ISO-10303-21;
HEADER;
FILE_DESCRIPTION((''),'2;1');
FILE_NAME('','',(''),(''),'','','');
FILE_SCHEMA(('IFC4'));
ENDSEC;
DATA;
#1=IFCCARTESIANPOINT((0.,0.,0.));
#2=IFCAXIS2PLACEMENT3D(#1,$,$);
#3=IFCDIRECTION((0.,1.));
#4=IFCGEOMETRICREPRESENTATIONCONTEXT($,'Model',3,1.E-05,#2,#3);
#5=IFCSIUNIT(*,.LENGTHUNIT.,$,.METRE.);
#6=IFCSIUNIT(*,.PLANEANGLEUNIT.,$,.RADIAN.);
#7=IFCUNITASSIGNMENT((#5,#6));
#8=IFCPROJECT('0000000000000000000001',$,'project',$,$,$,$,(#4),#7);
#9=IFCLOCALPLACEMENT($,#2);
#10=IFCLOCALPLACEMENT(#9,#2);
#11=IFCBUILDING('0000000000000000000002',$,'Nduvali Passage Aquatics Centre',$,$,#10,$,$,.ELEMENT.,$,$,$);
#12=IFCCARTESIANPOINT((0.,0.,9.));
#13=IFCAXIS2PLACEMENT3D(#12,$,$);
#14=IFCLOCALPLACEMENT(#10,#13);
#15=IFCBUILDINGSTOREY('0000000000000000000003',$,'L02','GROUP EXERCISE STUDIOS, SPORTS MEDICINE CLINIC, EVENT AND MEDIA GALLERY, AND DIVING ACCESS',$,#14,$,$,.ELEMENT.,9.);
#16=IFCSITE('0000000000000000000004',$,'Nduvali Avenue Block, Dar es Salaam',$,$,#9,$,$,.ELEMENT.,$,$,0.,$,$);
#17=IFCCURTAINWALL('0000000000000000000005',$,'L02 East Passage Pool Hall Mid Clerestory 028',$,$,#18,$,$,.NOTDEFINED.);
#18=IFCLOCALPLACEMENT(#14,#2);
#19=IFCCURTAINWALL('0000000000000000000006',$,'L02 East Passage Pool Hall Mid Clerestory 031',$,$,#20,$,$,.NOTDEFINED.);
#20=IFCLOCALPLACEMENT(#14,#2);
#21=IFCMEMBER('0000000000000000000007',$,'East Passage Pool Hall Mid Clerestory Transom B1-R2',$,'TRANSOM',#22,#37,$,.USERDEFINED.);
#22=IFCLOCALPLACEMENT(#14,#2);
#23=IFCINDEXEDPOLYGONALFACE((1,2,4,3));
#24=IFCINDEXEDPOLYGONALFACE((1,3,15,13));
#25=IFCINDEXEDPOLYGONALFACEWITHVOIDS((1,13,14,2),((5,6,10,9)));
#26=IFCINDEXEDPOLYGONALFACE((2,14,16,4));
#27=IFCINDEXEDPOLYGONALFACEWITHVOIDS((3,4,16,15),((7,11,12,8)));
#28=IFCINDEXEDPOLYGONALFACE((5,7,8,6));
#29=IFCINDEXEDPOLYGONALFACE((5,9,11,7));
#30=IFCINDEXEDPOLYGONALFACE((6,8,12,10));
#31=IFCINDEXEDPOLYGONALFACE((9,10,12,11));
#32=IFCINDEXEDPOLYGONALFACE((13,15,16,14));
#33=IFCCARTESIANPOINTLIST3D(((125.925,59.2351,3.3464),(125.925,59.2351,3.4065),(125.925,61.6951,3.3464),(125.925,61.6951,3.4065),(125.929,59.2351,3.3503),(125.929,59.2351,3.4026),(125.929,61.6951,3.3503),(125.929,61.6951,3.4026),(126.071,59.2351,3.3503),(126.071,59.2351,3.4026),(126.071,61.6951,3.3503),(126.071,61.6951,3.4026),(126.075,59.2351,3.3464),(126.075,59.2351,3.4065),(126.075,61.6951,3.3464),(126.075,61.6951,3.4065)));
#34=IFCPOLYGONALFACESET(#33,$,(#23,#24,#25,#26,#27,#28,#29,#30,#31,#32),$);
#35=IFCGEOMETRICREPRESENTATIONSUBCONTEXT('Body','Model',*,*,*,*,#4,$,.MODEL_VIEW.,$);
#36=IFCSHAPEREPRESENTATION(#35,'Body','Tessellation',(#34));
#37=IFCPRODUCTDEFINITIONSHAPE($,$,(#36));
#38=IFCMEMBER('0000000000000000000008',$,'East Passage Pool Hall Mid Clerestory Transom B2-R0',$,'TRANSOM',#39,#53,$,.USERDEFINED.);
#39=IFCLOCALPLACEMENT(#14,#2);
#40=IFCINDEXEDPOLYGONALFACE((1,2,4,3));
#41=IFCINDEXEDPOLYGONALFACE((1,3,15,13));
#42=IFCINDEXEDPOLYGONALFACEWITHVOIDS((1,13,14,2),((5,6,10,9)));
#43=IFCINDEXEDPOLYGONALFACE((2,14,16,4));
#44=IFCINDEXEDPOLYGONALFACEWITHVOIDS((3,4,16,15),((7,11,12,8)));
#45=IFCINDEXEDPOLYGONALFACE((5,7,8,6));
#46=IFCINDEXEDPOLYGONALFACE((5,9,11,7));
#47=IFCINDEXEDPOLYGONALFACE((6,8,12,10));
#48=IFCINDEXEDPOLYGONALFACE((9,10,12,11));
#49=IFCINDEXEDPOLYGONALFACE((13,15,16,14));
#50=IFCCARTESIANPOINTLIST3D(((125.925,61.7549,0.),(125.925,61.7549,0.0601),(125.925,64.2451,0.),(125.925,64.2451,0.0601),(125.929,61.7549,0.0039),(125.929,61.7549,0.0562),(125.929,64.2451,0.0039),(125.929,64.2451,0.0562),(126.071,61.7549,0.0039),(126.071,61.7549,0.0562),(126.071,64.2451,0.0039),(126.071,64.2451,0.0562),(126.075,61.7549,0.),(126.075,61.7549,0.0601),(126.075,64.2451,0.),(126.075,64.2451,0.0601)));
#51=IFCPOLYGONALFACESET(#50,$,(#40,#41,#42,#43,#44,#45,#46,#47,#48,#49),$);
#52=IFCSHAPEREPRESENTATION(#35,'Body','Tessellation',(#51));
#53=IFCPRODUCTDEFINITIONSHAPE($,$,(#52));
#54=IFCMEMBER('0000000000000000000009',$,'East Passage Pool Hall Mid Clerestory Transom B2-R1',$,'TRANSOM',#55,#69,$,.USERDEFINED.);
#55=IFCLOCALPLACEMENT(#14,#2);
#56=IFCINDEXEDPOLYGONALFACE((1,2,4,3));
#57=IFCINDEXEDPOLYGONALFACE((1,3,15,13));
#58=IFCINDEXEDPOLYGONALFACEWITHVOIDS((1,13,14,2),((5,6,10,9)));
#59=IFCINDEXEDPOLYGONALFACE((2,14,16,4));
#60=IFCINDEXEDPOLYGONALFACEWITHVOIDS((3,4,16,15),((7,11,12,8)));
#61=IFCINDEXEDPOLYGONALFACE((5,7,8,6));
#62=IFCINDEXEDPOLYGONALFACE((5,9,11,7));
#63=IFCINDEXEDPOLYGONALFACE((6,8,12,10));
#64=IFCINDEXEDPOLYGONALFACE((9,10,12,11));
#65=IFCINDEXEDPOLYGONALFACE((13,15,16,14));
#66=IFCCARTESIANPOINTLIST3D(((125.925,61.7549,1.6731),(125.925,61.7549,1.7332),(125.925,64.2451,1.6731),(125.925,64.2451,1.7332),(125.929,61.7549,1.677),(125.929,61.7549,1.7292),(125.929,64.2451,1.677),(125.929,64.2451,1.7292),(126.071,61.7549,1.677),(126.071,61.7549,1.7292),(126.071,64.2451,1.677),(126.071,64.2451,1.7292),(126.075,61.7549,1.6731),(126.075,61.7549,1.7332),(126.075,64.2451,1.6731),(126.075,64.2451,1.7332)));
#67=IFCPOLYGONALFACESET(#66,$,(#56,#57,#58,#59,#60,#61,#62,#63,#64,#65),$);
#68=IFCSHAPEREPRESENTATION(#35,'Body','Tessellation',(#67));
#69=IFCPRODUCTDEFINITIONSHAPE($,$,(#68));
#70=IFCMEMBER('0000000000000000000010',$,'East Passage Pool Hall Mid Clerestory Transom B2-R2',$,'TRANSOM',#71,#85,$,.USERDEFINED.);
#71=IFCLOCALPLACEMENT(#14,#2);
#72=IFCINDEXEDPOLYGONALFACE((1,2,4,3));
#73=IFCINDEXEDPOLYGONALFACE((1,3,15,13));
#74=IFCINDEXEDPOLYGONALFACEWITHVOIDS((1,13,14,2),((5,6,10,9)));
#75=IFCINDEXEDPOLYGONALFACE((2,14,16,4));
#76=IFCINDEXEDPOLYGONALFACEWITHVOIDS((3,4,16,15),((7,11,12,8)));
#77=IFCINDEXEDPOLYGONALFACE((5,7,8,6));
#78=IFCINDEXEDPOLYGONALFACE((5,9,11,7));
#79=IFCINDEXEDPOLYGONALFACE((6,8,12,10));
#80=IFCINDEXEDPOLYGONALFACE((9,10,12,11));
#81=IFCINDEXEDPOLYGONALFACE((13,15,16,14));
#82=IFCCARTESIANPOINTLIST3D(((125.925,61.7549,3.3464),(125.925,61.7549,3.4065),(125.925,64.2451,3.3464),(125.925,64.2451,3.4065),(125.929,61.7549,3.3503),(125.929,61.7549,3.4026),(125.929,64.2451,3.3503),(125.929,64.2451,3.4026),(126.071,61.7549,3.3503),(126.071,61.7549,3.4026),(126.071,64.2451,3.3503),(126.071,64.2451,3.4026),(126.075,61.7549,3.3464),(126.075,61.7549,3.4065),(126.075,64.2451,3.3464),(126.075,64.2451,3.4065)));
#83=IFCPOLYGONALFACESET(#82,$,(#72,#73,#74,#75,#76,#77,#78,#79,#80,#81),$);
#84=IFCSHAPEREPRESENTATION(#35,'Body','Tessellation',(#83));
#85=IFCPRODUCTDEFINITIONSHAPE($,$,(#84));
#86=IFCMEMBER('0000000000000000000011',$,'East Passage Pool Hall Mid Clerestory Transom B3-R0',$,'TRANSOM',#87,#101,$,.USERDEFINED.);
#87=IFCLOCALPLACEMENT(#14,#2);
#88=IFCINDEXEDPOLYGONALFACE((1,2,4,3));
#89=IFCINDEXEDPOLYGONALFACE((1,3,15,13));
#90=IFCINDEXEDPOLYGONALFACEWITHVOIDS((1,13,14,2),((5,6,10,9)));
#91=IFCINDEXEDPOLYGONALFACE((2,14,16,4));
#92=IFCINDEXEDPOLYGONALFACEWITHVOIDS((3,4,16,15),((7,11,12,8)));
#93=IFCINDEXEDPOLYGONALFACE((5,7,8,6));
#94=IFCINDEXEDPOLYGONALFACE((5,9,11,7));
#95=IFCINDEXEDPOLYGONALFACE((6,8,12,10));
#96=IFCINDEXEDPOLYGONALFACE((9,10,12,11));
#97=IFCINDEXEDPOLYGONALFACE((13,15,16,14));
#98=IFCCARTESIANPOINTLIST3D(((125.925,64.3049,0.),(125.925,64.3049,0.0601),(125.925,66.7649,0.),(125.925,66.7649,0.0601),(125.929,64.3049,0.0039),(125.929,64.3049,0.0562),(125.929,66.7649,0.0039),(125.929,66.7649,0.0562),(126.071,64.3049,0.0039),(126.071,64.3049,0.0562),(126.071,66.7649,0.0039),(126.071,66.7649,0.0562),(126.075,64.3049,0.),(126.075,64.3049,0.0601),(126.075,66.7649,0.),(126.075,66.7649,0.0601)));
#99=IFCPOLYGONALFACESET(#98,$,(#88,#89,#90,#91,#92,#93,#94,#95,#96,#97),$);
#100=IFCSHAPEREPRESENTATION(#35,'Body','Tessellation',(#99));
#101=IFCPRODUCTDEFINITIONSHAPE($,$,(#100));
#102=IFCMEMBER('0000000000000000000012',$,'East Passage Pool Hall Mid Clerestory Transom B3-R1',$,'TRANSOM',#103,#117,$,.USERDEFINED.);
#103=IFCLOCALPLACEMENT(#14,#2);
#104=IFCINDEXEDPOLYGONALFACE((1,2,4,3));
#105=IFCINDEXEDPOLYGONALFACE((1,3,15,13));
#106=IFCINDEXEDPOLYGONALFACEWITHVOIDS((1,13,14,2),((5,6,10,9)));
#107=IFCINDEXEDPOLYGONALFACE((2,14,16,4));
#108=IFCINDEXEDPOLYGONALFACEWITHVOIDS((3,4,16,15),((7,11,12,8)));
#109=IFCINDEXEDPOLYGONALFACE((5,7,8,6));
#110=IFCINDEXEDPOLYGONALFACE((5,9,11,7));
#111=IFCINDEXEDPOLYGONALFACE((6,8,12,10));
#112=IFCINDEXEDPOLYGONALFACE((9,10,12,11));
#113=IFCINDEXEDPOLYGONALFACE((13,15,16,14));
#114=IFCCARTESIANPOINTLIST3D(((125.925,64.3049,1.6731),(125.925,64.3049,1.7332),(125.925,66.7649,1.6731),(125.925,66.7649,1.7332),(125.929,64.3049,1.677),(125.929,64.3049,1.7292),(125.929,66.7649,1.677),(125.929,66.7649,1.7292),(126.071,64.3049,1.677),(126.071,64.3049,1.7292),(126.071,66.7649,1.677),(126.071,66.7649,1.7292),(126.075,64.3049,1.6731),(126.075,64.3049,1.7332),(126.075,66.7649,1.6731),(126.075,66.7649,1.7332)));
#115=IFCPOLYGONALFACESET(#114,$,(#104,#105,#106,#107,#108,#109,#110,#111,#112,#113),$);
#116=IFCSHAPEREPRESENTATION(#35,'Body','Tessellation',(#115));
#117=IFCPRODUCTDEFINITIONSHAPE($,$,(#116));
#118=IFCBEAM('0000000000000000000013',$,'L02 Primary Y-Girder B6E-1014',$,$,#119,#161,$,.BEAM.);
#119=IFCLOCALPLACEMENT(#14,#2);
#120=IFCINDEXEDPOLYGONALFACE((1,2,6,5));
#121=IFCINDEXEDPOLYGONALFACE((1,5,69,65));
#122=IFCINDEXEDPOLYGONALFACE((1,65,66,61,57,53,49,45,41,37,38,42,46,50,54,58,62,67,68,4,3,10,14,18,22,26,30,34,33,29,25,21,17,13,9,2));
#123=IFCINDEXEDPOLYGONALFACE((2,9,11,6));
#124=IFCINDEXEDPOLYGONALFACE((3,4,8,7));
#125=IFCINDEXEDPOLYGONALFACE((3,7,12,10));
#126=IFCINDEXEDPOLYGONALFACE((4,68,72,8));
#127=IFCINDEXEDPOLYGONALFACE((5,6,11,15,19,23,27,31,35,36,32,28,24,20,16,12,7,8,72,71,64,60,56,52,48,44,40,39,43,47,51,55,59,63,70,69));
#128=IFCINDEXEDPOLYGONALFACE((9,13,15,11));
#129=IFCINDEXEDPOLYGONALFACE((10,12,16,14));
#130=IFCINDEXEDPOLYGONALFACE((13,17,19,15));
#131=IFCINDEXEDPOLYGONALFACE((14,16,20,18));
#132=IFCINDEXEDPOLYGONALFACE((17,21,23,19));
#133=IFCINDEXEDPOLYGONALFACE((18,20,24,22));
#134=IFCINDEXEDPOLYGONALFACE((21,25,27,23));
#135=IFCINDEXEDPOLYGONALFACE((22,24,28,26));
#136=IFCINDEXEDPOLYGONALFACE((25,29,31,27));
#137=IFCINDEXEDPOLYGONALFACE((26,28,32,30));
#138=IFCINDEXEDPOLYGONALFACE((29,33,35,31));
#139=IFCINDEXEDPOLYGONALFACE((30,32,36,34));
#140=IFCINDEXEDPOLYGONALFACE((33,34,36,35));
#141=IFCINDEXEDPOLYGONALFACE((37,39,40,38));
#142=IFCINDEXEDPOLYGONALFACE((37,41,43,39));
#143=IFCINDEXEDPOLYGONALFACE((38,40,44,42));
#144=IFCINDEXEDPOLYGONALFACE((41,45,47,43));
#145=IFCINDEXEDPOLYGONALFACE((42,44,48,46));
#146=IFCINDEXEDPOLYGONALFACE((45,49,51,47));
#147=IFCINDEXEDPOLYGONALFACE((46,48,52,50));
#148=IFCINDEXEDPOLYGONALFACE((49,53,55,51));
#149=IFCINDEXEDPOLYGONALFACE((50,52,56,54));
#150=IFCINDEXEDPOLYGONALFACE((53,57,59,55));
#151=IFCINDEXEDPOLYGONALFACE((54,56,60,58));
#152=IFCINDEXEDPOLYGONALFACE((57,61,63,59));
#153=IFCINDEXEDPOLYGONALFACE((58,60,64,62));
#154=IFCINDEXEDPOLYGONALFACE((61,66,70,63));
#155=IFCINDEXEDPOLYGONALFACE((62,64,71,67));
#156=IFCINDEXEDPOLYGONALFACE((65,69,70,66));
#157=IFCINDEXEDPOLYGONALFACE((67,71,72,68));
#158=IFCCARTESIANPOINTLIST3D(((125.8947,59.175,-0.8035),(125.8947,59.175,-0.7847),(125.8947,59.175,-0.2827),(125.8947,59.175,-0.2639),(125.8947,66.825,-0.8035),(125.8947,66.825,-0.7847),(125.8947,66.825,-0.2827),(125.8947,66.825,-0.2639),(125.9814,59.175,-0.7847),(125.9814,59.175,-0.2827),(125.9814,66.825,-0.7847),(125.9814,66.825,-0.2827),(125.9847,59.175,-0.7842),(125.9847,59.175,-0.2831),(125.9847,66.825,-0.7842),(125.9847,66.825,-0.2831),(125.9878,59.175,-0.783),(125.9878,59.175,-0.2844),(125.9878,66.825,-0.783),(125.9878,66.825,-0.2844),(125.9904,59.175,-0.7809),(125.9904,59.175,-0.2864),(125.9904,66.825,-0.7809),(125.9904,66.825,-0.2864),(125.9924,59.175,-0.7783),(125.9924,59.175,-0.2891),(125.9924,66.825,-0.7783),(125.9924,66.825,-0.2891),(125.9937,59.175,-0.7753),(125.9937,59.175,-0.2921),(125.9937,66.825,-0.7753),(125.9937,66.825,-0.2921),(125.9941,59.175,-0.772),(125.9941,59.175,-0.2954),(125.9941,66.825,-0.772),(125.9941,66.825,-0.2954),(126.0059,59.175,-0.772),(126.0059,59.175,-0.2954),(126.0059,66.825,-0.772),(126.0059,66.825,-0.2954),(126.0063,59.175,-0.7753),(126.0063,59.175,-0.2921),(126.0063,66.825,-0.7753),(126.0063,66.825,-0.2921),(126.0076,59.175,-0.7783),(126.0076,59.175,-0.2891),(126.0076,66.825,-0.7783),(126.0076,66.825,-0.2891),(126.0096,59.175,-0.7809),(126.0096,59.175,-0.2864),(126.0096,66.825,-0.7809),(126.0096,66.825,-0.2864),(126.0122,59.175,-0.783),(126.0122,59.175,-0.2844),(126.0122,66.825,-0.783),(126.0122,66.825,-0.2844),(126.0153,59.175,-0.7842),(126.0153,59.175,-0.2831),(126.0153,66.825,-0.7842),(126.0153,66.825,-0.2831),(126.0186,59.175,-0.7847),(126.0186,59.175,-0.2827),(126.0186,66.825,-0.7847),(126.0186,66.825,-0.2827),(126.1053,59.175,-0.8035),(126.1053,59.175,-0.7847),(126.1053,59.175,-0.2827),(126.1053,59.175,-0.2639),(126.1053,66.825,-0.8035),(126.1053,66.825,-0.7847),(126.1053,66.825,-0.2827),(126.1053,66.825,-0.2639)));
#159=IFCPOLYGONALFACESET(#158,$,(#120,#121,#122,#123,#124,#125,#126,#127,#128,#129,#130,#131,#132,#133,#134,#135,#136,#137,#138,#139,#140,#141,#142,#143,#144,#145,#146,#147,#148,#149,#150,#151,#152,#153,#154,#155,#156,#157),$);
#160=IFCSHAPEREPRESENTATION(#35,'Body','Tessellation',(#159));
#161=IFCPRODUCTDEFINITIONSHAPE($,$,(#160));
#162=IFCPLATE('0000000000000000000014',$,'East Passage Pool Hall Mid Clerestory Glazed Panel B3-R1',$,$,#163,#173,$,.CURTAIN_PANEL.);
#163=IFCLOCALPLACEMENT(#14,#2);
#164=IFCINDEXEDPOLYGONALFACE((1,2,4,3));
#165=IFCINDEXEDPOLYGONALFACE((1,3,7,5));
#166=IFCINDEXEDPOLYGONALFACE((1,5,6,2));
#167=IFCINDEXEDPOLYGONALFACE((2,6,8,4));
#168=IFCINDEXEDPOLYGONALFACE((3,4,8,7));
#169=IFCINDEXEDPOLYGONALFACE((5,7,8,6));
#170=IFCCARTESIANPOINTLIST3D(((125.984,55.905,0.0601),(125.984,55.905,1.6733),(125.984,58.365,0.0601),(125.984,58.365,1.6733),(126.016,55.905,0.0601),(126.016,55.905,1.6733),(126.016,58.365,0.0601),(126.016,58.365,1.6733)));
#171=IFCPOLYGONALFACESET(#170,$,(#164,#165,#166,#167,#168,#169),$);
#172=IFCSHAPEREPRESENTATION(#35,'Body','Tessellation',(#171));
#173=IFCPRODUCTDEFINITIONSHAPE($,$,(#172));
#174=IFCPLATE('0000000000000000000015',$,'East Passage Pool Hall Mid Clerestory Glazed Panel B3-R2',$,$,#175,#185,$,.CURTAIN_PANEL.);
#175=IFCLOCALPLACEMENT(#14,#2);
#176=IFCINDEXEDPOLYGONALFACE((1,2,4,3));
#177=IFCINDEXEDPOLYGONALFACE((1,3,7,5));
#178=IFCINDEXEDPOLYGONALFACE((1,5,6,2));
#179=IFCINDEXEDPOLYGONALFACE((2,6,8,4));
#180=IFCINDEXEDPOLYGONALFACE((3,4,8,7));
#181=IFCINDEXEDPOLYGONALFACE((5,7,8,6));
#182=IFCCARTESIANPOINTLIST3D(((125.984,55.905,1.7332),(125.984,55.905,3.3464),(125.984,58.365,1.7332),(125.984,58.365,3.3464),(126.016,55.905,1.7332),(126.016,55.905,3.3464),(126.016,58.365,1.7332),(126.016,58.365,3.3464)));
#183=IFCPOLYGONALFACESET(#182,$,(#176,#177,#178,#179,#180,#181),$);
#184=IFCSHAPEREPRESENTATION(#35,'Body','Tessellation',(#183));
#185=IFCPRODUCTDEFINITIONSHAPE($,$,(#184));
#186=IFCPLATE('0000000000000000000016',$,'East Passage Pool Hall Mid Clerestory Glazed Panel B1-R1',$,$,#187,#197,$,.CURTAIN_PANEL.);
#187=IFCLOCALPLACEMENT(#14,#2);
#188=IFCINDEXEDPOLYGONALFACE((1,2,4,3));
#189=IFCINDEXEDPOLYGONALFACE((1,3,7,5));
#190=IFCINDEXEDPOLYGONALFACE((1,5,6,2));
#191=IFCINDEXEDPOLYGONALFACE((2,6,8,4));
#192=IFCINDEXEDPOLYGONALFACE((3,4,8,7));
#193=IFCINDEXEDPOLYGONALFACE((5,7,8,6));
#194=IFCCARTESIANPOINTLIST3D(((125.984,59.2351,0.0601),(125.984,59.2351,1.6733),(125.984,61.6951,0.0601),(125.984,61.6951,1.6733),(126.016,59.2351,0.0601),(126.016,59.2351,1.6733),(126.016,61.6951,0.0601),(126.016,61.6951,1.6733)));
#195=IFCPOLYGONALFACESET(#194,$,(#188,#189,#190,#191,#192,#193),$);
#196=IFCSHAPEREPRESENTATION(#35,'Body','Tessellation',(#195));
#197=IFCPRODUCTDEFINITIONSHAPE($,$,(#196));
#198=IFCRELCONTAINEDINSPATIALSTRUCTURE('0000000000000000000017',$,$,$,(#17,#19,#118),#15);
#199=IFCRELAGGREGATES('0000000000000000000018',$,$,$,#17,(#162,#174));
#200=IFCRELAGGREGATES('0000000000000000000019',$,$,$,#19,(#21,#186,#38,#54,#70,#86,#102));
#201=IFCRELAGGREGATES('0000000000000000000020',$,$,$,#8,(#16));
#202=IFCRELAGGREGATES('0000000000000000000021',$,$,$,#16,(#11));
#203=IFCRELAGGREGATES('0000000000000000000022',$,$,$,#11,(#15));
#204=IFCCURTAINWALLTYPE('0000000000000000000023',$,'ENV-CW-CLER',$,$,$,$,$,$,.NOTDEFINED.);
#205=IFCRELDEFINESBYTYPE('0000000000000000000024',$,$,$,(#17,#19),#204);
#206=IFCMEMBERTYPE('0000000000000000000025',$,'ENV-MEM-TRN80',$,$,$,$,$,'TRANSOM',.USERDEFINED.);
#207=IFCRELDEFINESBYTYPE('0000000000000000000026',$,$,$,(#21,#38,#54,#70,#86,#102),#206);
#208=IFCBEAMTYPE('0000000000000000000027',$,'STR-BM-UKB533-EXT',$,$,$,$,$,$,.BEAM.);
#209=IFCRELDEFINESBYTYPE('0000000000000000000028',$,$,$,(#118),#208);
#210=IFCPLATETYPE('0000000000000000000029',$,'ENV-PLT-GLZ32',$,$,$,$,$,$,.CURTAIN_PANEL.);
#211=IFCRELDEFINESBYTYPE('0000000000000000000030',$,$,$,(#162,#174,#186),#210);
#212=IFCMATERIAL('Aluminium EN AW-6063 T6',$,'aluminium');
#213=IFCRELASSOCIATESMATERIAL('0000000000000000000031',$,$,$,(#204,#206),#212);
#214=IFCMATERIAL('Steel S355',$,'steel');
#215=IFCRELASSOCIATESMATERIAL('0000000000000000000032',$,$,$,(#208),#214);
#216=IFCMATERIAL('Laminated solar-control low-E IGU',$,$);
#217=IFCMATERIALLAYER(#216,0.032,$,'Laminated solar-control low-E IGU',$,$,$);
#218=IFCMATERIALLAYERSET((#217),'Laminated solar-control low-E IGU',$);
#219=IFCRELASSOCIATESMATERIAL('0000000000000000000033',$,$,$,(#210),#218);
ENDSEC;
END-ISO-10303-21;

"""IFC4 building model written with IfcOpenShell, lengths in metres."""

from ifc_helpers import new_model, si_unit, direction, frame, origin, origin_2d, place, context, subcontext, project, spatial, rectangle, hollow_rectangle, i_section, extrude, material, layer, layer_set, material_profile, profile_set, type_object, element, aggregate, save


model = new_model("IFC4")

# Units and contexts
model_context = context("Model", 3, precision=1e-05, world=origin(), true_north=direction((0.0, 1.0)))
body_context = subcontext(model_context, "Body", "Model", "MODEL_VIEW")
ifc_project = project(units=[si_unit("LENGTHUNIT", "METRE"), si_unit("PLANEANGLEUNIT", "RADIAN")], contexts=[model_context])

# Site, building, storey
site_placement = place(None, origin())
site = spatial("IfcSite", under=ifc_project, at=site_placement, Name="Nduvali Avenue Block, Dar es Salaam", CompositionType="ELEMENT", RefElevation=0.0)
building_placement = place(site_placement, origin())
building = spatial("IfcBuilding", under=site, at=building_placement, Name="Nduvali Passage Aquatics Centre", CompositionType="ELEMENT")
storey_placement = place(building_placement, frame((0.0, 0.0, 9.0)))
storey = spatial("IfcBuildingStorey", under=building, at=storey_placement, Name="L02", Description="GROUP EXERCISE STUDIOS, SPORTS MEDICINE CLINIC, EVENT AND MEDIA GALLERY, AND DIVING ACCESS", CompositionType="ELEMENT", Elevation=9.0)

# Curtain walls
ifc_material_1 = material(Name="Aluminium EN AW-6063 T6", Category="aluminium")
curtain_wall_type = type_object("IfcCurtainWallType", Name="ENV-CW-CLER", PredefinedType="NOTDEFINED", material=ifc_material_1)
curtain_wall_1_placement = place(storey_placement, origin())
curtain_wall_1 = element("IfcCurtainWall", 1, at=curtain_wall_1_placement, inside=storey, type_object=curtain_wall_type, Name="L02 East Passage Pool Hall Mid Clerestory 028", PredefinedType="NOTDEFINED")
curtain_wall_2_placement = place(storey_placement, origin())
curtain_wall_2 = element("IfcCurtainWall", 2, at=curtain_wall_2_placement, inside=storey, type_object=curtain_wall_type, Name="L02 East Passage Pool Hall Mid Clerestory 031", PredefinedType="NOTDEFINED")

# Members
ifc_material_profile_1 = material_profile(ifc_material_1, hollow_rectangle(XDim=0.1499, YDim=0.0601, WallThickness=0.0039, at=origin_2d()), Name="ALU TRANSOM 150x60x4")
ifc_profile_set_1 = profile_set([ifc_material_profile_1], Name="Aluminium EN AW-6063 T6")
member_type_1 = type_object("IfcMemberType", Name="ENV-MEM-TRN80", ElementType="TRANSOM", PredefinedType="USERDEFINED", material=ifc_profile_set_1)
member_1_placement = place(storey_placement, frame((126.0, 59.2351, 3.3765), z_axis=(0.0, 1.0, 0.0), x_axis=(-1.0, 0.0, 0.0)))
member_1 = element("IfcMember", 3, at=member_1_placement, type_object=member_type_1, Name="East Passage Pool Hall Mid Clerestory Transom B1-R2", ObjectType="TRANSOM", PredefinedType="USERDEFINED", context=body_context, shape_type="SweptSolid", body=[
    extrude(hollow_rectangle(XDim=0.1499, YDim=0.0601, WallThickness=0.0039, at=origin_2d()), origin(), (0.0, 0.0, 1.0), 2.46),
])
member_2_placement = place(storey_placement, frame((126.0, 61.7549, 0.03), z_axis=(0.0, 1.0, 0.0), x_axis=(-1.0, 0.0, 0.0)))
member_2 = element("IfcMember", 4, at=member_2_placement, type_object=member_type_1, Name="East Passage Pool Hall Mid Clerestory Transom B2-R0", ObjectType="TRANSOM", PredefinedType="USERDEFINED", context=body_context, shape_type="SweptSolid", body=[
    extrude(hollow_rectangle(XDim=0.1499, YDim=0.0601, WallThickness=0.0039, at=origin_2d()), origin(), (0.0, 0.0, 1.0), 2.4902),
])
member_3_placement = place(storey_placement, frame((126.0, 61.7549, 1.7031), z_axis=(0.0, 1.0, 0.0), x_axis=(-1.0, 0.0, 0.0)))
member_3 = element("IfcMember", 5, at=member_3_placement, type_object=member_type_1, Name="East Passage Pool Hall Mid Clerestory Transom B2-R1", ObjectType="TRANSOM", PredefinedType="USERDEFINED", context=body_context, shape_type="SweptSolid", body=[
    extrude(hollow_rectangle(XDim=0.1499, YDim=0.0601, WallThickness=0.0039, at=origin_2d()), origin(), (0.0, 0.0, 1.0), 2.4902),
])
member_4_placement = place(storey_placement, frame((126.0, 61.7549, 3.3765), z_axis=(0.0, 1.0, 0.0), x_axis=(-1.0, 0.0, 0.0)))
member_4 = element("IfcMember", 6, at=member_4_placement, type_object=member_type_1, Name="East Passage Pool Hall Mid Clerestory Transom B2-R2", ObjectType="TRANSOM", PredefinedType="USERDEFINED", context=body_context, shape_type="SweptSolid", body=[
    extrude(hollow_rectangle(XDim=0.1499, YDim=0.0601, WallThickness=0.0039, at=origin_2d()), origin(), (0.0, 0.0, 1.0), 2.4902),
])
member_5_placement = place(storey_placement, frame((126.0, 64.3049, 0.03), z_axis=(0.0, 1.0, 0.0), x_axis=(-1.0, 0.0, 0.0)))
member_5 = element("IfcMember", 7, at=member_5_placement, type_object=member_type_1, Name="East Passage Pool Hall Mid Clerestory Transom B3-R0", ObjectType="TRANSOM", PredefinedType="USERDEFINED", context=body_context, shape_type="SweptSolid", body=[
    extrude(hollow_rectangle(XDim=0.1499, YDim=0.0601, WallThickness=0.0039, at=origin_2d()), origin(), (0.0, 0.0, 1.0), 2.46),
])
member_6_placement = place(storey_placement, frame((126.0, 64.3049, 1.7031), z_axis=(0.0, 1.0, 0.0), x_axis=(-1.0, 0.0, 0.0)))
member_6 = element("IfcMember", 8, at=member_6_placement, type_object=member_type_1, Name="East Passage Pool Hall Mid Clerestory Transom B3-R1", ObjectType="TRANSOM", PredefinedType="USERDEFINED", context=body_context, shape_type="SweptSolid", body=[
    extrude(hollow_rectangle(XDim=0.1499, YDim=0.0601, WallThickness=0.0039, at=origin_2d()), origin(), (0.0, 0.0, 1.0), 2.46),
])

# Beam
ifc_material_2 = material(Name="Steel S355", Category="steel")
ifc_material_profile_2 = material_profile(ifc_material_2, i_section(OverallWidth=0.2107, OverallDepth=0.5396, WebThickness=0.0117, FlangeThickness=0.0188, FilletRadius=0.0127, at=origin_2d()), Name="UKB 533x210x109")
ifc_profile_set_2 = profile_set([ifc_material_profile_2], Name="Steel S355")
beam_type = type_object("IfcBeamType", Name="STR-BM-UKB533-EXT", PredefinedType="BEAM", material=ifc_profile_set_2)
beam_placement = place(storey_placement, frame((126.0, 59.175, -0.5337), z_axis=(0.0, 1.0, 0.0), x_axis=(-1.0, 0.0, 0.0)))
element("IfcBeam", 9, at=beam_placement, inside=storey, type_object=beam_type, Name="L02 Primary Y-Girder B6E-1014", PredefinedType="BEAM", context=body_context, shape_type="SweptSolid", body=[
    extrude(i_section(OverallWidth=0.2107, OverallDepth=0.5396, WebThickness=0.0117, FlangeThickness=0.0188, FilletRadius=0.0127, at=origin_2d()), origin(), (0.0, 0.0, 1.0), 7.6499),
])

# Plates
ifc_material_3 = material(Name="Laminated solar-control low-E IGU")
ifc_layer = layer(ifc_material_3, 0.032, Name="Laminated solar-control low-E IGU")
ifc_layer_set = layer_set([ifc_layer], Name="Laminated solar-control low-E IGU")
plate_type = type_object("IfcPlateType", Name="ENV-PLT-GLZ32", PredefinedType="CURTAIN_PANEL", material=ifc_layer_set)
plate_1_placement = place(storey_placement, frame((126.0, 57.135, 0.0601), z_axis=(0.0, 0.0, 1.0), x_axis=(0.0, 1.0, 0.0)))
plate_1 = element("IfcPlate", 10, at=plate_1_placement, type_object=plate_type, Name="East Passage Pool Hall Mid Clerestory Glazed Panel B3-R1", PredefinedType="CURTAIN_PANEL", context=body_context, shape_type="SweptSolid", body=[
    extrude(rectangle(XDim=2.46, YDim=0.032, at=origin_2d()), origin(), (0.0, 0.0, 1.0), 1.6133),
])
plate_2_placement = place(storey_placement, frame((126.0, 57.135, 1.7332), z_axis=(0.0, 0.0, 1.0), x_axis=(0.0, 1.0, 0.0)))
plate_2 = element("IfcPlate", 11, at=plate_2_placement, type_object=plate_type, Name="East Passage Pool Hall Mid Clerestory Glazed Panel B3-R2", PredefinedType="CURTAIN_PANEL", context=body_context, shape_type="SweptSolid", body=[
    extrude(rectangle(XDim=2.46, YDim=0.032, at=origin_2d()), origin(), (0.0, 0.0, 1.0), 1.6133),
])
aggregate(curtain_wall_1, [plate_1, plate_2])
plate_3_placement = place(storey_placement, frame((126.0, 60.4651, 0.0601), z_axis=(0.0, 0.0, 1.0), x_axis=(0.0, 1.0, 0.0)))
plate_3 = element("IfcPlate", 12, at=plate_3_placement, type_object=plate_type, Name="East Passage Pool Hall Mid Clerestory Glazed Panel B1-R1", PredefinedType="CURTAIN_PANEL", context=body_context, shape_type="SweptSolid", body=[
    extrude(rectangle(XDim=2.46, YDim=0.032, at=origin_2d()), origin(), (0.0, 0.0, 1.0), 1.6133),
])
aggregate(curtain_wall_2, [member_1, plate_3, member_2, member_3, member_4, member_5, member_6])

save(model, "model.ifc")
